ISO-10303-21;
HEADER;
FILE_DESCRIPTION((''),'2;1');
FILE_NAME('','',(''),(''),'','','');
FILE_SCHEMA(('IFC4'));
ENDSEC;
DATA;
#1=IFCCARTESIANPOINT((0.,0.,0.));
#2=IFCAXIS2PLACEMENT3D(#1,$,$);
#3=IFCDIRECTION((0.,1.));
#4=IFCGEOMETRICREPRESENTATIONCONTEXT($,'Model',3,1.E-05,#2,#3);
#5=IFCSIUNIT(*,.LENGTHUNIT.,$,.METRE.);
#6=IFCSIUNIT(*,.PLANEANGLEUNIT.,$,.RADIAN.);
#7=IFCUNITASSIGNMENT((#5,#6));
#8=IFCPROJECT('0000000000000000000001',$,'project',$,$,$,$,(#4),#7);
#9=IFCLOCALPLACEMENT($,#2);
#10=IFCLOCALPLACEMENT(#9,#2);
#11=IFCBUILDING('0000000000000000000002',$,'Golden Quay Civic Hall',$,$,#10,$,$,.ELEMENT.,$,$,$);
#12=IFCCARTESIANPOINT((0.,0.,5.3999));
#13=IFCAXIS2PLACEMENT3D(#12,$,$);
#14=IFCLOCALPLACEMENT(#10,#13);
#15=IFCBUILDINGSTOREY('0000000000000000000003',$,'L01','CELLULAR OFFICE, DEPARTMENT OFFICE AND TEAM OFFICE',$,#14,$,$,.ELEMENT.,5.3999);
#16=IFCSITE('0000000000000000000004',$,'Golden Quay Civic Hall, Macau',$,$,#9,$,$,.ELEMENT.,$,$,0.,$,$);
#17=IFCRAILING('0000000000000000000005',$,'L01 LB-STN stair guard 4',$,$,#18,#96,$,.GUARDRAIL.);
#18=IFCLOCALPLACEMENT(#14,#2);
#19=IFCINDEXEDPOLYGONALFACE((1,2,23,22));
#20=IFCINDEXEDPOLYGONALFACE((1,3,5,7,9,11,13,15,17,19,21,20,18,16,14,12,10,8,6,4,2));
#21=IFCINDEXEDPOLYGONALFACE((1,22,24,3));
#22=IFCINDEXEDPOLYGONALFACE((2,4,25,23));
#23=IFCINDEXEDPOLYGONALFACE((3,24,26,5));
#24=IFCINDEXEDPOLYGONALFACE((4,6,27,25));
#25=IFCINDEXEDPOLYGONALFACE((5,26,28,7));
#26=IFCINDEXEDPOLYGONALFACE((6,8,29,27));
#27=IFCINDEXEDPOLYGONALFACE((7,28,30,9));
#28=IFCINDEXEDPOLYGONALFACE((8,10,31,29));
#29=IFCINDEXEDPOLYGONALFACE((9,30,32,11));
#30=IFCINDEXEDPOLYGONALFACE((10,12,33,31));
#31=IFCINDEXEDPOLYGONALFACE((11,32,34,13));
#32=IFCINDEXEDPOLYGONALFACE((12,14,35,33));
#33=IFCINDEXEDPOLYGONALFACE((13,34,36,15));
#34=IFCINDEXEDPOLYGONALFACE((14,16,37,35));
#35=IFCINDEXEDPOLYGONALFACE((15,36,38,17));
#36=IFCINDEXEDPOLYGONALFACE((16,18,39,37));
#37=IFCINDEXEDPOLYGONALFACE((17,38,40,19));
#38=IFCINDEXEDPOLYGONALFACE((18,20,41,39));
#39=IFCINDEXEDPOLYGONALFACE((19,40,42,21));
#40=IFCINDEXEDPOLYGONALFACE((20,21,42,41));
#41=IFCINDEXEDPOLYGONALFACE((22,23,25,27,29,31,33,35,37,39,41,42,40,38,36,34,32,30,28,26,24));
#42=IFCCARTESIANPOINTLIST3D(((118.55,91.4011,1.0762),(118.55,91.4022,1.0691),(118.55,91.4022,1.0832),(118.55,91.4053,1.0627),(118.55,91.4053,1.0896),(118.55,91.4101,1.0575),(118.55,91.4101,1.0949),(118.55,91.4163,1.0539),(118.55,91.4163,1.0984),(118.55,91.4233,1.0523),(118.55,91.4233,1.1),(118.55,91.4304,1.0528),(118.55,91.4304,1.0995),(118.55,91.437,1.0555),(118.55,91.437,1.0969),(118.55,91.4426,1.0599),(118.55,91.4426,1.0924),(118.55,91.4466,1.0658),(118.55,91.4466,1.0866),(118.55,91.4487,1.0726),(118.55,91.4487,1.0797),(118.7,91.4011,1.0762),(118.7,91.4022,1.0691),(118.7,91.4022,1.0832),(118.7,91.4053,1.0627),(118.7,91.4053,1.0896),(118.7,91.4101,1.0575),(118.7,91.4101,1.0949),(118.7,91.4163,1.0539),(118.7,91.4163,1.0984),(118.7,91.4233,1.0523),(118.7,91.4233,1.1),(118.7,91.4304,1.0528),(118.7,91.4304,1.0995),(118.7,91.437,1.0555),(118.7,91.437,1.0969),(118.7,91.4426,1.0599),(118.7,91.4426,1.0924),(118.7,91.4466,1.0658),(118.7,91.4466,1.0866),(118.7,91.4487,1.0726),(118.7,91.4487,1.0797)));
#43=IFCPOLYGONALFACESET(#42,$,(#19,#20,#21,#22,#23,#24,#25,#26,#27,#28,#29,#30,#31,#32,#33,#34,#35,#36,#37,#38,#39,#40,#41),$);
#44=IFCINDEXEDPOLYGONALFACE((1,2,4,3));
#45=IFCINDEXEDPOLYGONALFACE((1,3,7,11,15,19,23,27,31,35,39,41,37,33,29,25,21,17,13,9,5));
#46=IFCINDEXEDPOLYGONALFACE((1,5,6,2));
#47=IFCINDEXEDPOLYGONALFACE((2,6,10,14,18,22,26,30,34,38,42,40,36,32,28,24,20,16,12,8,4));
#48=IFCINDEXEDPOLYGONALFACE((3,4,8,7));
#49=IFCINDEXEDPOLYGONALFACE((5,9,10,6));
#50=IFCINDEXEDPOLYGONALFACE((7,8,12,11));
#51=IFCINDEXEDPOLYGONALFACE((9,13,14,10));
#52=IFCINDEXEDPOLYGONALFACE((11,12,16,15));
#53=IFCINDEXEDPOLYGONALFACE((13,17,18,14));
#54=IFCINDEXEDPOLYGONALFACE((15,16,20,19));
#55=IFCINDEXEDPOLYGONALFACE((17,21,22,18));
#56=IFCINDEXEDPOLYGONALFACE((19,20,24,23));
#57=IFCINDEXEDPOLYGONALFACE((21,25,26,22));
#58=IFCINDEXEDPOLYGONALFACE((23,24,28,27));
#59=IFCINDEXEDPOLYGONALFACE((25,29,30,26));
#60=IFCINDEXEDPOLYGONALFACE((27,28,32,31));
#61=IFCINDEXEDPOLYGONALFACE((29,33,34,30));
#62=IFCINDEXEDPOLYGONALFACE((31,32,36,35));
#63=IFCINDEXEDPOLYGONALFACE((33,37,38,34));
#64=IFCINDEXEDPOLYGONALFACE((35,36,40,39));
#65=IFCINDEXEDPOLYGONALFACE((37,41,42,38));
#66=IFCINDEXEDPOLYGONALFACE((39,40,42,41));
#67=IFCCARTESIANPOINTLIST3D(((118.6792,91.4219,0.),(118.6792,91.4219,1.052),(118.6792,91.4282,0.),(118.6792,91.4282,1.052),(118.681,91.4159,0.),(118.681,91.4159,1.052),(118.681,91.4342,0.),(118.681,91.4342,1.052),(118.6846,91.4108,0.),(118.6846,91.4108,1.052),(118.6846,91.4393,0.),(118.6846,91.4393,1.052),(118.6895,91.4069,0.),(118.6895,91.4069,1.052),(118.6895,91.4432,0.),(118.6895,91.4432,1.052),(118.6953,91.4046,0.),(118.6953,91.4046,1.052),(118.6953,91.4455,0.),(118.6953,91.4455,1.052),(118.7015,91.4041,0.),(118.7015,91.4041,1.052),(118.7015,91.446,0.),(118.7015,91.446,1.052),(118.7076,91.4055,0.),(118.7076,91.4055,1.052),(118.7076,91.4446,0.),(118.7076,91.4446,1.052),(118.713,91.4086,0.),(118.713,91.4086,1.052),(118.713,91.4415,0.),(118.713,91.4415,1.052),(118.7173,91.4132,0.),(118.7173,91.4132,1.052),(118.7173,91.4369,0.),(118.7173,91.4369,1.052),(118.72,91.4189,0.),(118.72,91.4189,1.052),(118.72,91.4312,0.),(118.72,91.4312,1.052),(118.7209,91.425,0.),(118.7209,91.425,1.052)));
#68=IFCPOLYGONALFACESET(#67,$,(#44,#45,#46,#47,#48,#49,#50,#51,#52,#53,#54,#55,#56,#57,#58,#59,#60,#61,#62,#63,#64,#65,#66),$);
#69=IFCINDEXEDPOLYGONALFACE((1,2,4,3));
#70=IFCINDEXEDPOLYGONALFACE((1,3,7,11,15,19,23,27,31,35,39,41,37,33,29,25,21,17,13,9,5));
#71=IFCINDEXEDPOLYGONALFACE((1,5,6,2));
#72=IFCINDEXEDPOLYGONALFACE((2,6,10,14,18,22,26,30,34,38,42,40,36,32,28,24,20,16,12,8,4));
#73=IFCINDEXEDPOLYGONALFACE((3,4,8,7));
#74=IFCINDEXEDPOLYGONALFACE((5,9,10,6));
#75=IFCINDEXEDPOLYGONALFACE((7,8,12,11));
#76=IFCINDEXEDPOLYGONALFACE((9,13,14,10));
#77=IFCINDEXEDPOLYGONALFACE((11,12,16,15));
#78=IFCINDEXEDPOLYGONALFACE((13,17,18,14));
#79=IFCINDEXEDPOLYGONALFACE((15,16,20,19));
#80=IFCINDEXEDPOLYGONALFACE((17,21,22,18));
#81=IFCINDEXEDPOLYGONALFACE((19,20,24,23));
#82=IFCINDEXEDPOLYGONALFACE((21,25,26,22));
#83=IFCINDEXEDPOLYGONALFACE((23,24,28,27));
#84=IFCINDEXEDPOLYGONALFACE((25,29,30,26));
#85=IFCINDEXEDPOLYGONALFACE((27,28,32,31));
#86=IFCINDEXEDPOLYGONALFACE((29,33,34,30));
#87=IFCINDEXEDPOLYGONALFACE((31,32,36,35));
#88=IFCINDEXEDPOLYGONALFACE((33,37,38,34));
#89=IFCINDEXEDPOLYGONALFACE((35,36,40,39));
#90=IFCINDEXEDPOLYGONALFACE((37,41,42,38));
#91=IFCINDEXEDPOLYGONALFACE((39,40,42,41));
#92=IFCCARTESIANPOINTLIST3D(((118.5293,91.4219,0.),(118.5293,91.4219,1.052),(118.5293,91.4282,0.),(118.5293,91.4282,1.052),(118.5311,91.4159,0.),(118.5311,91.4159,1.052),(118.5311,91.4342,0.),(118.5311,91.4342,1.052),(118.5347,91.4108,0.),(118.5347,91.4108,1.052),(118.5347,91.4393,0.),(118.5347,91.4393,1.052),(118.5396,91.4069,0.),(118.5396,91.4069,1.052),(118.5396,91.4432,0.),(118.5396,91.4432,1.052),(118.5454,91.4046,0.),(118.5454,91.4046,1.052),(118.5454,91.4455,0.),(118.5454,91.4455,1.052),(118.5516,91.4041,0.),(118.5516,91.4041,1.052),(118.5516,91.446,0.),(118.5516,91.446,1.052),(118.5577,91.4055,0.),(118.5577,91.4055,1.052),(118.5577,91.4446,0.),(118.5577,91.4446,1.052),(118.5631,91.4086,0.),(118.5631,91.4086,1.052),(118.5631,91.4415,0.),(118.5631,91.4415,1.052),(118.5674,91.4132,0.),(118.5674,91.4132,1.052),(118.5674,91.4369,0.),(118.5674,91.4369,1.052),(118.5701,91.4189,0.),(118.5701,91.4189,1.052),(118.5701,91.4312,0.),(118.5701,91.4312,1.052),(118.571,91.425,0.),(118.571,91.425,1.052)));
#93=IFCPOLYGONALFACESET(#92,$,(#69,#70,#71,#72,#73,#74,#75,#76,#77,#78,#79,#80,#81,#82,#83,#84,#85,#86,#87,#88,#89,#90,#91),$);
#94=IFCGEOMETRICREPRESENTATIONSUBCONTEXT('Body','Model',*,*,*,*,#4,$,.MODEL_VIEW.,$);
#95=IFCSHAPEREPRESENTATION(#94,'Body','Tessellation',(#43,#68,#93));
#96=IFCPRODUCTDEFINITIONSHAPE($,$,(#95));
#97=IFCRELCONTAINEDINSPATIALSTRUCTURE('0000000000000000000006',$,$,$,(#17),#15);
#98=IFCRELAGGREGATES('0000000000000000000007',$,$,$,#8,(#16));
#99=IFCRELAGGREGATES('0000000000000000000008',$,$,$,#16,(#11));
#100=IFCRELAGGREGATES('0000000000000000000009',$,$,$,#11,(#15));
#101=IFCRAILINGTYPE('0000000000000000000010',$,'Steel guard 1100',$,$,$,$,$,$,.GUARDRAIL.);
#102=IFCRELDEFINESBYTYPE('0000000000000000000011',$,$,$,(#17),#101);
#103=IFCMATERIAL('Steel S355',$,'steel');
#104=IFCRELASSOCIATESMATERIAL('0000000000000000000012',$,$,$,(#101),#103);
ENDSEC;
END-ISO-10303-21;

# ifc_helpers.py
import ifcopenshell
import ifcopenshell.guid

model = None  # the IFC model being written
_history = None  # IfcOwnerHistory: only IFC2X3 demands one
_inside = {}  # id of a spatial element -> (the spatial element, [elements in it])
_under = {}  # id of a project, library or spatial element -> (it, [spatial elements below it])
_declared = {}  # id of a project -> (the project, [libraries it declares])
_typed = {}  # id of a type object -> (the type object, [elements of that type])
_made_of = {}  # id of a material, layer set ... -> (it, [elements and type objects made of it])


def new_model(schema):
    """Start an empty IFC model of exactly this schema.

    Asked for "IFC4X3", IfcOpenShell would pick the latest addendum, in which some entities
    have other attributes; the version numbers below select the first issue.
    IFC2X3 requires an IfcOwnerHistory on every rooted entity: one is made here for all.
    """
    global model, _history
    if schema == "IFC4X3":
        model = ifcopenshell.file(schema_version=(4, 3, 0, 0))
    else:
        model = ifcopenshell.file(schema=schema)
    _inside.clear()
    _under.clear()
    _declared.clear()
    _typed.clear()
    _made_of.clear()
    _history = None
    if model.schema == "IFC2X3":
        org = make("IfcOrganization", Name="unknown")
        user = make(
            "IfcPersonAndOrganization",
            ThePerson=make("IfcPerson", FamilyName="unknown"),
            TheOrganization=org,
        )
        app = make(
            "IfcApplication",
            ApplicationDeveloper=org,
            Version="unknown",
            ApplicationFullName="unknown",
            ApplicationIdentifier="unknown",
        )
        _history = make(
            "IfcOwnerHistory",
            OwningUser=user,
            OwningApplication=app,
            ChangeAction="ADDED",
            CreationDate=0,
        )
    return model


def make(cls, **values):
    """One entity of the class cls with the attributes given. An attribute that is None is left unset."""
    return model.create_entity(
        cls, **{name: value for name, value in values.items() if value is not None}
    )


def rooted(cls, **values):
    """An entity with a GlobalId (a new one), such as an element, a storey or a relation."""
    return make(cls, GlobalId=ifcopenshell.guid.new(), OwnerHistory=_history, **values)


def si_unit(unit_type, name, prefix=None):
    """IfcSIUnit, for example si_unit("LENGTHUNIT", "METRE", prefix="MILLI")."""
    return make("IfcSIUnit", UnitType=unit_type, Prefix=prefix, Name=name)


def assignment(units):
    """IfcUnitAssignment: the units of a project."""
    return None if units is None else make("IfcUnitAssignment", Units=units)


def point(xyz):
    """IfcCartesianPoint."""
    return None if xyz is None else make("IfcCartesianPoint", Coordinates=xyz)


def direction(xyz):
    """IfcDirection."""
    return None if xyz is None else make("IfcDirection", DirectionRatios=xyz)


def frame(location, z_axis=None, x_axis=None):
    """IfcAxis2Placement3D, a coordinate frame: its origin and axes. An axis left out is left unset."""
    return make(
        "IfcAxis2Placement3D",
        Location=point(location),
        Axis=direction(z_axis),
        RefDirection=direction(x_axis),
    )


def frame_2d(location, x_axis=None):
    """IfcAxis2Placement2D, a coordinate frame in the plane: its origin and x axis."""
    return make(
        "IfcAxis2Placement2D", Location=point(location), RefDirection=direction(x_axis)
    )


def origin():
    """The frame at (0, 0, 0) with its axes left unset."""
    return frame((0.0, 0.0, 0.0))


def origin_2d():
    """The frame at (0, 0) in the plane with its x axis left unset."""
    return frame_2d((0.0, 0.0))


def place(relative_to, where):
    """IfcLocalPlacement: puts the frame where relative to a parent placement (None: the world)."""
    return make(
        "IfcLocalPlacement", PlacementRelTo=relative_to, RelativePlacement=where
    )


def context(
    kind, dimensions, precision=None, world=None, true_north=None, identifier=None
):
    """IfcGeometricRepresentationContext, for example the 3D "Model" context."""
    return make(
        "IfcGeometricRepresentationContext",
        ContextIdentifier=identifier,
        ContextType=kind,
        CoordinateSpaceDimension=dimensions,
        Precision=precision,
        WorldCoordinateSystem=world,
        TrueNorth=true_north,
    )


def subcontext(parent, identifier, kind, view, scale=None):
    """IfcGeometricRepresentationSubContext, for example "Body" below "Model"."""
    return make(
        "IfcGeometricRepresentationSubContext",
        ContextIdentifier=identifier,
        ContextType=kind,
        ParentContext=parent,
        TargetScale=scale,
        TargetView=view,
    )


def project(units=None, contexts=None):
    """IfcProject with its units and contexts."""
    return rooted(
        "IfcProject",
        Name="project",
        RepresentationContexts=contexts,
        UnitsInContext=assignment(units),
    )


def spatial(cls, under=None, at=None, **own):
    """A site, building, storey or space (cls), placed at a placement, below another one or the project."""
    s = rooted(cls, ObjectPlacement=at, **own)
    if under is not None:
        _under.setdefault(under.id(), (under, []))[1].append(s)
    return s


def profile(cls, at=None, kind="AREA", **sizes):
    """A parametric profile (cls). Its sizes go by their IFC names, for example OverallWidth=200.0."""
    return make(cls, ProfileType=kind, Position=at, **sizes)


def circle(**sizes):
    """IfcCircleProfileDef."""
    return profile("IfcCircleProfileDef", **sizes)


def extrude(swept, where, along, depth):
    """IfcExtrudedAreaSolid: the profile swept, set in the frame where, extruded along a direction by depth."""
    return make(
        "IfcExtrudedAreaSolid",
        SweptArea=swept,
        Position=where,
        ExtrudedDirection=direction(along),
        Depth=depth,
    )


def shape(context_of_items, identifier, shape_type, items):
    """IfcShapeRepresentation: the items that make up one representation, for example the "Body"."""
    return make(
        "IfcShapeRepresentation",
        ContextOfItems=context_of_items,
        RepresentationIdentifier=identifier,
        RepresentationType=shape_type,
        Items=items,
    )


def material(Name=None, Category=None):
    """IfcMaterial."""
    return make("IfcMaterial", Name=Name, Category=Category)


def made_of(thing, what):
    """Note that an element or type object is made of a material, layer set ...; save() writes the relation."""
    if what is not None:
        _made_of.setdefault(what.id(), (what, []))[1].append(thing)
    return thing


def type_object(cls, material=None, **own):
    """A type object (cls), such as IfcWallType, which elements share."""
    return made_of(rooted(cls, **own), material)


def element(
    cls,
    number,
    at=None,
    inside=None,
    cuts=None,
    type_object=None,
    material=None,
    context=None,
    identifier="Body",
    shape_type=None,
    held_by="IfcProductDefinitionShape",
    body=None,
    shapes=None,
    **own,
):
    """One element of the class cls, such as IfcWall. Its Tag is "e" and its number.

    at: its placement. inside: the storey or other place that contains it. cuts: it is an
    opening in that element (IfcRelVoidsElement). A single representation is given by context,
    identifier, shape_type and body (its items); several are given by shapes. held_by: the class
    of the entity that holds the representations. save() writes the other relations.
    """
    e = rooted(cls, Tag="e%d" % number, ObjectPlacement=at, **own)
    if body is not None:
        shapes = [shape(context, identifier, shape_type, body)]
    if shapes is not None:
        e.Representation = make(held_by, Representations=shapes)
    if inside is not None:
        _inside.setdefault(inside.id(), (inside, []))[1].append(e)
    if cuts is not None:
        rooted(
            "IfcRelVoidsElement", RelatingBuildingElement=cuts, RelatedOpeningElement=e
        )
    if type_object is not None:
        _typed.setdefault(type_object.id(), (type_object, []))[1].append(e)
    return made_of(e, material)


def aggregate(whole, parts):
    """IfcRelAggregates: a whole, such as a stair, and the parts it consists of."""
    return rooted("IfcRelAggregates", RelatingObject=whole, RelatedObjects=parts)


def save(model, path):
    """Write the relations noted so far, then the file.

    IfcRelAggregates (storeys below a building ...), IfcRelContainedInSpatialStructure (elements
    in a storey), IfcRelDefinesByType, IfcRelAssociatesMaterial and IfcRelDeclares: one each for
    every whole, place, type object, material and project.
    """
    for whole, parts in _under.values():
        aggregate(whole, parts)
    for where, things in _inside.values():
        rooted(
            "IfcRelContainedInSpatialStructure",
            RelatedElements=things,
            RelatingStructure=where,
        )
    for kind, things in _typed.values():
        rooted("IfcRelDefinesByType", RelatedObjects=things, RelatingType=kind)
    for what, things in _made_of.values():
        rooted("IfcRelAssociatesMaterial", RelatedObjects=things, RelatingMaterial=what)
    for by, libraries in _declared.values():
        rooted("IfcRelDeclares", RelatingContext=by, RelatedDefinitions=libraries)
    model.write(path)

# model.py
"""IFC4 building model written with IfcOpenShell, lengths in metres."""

from ifc_helpers import new_model, si_unit, direction, frame, origin, origin_2d, place, context, subcontext, project, spatial, circle, extrude, material, type_object, element, save


model = new_model("IFC4")

# Units and contexts
model_context = context("Model", 3, precision=1e-05, world=origin(), true_north=direction((0.0, 1.0)))
body_context = subcontext(model_context, "Body", "Model", "MODEL_VIEW")
ifc_project = project(units=[si_unit("LENGTHUNIT", "METRE"), si_unit("PLANEANGLEUNIT", "RADIAN")], contexts=[model_context])

# Site, building, storey
site_placement = place(None, origin())
site = spatial("IfcSite", under=ifc_project, at=site_placement, Name="Golden Quay Civic Hall, Macau", CompositionType="ELEMENT", RefElevation=0.0)
building_placement = place(site_placement, origin())
building = spatial("IfcBuilding", under=site, at=building_placement, Name="Golden Quay Civic Hall", CompositionType="ELEMENT")
storey_placement = place(building_placement, frame((0.0, 0.0, 5.3999)))
storey = spatial("IfcBuildingStorey", under=building, at=storey_placement, Name="L01", Description="CELLULAR OFFICE, DEPARTMENT OFFICE AND TEAM OFFICE", CompositionType="ELEMENT", Elevation=5.3999)

# Railing
ifc_material_1 = material(Name="Steel S355", Category="steel")
railing_type_1 = type_object("IfcRailingType", Name="Steel guard 1100", PredefinedType="GUARDRAIL", material=ifc_material_1)
railing_1_placement = place(storey_placement, frame((118.7, 91.425, 0.0)))
element("IfcRailing", 1, at=railing_1_placement, inside=storey, type_object=railing_type_1, Name="L01 LB-STN stair guard 4", PredefinedType="GUARDRAIL", context=body_context, shape_type="SweptSolid", body=[
    extrude(circle(Radius=0.0239, at=origin_2d()), frame((0.0, 0.0, 1.0762), z_axis=(-1.0, 0.0, 0.0), x_axis=(0.0, -1.0, 0.0)), (0.0, 0.0, 1.0), 0.1499),
    extrude(circle(Radius=0.021, at=origin_2d()), origin(), (0.0, 0.0, 1.0), 1.052),
    extrude(circle(Radius=0.021, at=origin_2d()), frame((-0.1499, 0.0, 0.0)), (0.0, 0.0, 1.0), 1.052),
])

save(model, "model.ifc")
